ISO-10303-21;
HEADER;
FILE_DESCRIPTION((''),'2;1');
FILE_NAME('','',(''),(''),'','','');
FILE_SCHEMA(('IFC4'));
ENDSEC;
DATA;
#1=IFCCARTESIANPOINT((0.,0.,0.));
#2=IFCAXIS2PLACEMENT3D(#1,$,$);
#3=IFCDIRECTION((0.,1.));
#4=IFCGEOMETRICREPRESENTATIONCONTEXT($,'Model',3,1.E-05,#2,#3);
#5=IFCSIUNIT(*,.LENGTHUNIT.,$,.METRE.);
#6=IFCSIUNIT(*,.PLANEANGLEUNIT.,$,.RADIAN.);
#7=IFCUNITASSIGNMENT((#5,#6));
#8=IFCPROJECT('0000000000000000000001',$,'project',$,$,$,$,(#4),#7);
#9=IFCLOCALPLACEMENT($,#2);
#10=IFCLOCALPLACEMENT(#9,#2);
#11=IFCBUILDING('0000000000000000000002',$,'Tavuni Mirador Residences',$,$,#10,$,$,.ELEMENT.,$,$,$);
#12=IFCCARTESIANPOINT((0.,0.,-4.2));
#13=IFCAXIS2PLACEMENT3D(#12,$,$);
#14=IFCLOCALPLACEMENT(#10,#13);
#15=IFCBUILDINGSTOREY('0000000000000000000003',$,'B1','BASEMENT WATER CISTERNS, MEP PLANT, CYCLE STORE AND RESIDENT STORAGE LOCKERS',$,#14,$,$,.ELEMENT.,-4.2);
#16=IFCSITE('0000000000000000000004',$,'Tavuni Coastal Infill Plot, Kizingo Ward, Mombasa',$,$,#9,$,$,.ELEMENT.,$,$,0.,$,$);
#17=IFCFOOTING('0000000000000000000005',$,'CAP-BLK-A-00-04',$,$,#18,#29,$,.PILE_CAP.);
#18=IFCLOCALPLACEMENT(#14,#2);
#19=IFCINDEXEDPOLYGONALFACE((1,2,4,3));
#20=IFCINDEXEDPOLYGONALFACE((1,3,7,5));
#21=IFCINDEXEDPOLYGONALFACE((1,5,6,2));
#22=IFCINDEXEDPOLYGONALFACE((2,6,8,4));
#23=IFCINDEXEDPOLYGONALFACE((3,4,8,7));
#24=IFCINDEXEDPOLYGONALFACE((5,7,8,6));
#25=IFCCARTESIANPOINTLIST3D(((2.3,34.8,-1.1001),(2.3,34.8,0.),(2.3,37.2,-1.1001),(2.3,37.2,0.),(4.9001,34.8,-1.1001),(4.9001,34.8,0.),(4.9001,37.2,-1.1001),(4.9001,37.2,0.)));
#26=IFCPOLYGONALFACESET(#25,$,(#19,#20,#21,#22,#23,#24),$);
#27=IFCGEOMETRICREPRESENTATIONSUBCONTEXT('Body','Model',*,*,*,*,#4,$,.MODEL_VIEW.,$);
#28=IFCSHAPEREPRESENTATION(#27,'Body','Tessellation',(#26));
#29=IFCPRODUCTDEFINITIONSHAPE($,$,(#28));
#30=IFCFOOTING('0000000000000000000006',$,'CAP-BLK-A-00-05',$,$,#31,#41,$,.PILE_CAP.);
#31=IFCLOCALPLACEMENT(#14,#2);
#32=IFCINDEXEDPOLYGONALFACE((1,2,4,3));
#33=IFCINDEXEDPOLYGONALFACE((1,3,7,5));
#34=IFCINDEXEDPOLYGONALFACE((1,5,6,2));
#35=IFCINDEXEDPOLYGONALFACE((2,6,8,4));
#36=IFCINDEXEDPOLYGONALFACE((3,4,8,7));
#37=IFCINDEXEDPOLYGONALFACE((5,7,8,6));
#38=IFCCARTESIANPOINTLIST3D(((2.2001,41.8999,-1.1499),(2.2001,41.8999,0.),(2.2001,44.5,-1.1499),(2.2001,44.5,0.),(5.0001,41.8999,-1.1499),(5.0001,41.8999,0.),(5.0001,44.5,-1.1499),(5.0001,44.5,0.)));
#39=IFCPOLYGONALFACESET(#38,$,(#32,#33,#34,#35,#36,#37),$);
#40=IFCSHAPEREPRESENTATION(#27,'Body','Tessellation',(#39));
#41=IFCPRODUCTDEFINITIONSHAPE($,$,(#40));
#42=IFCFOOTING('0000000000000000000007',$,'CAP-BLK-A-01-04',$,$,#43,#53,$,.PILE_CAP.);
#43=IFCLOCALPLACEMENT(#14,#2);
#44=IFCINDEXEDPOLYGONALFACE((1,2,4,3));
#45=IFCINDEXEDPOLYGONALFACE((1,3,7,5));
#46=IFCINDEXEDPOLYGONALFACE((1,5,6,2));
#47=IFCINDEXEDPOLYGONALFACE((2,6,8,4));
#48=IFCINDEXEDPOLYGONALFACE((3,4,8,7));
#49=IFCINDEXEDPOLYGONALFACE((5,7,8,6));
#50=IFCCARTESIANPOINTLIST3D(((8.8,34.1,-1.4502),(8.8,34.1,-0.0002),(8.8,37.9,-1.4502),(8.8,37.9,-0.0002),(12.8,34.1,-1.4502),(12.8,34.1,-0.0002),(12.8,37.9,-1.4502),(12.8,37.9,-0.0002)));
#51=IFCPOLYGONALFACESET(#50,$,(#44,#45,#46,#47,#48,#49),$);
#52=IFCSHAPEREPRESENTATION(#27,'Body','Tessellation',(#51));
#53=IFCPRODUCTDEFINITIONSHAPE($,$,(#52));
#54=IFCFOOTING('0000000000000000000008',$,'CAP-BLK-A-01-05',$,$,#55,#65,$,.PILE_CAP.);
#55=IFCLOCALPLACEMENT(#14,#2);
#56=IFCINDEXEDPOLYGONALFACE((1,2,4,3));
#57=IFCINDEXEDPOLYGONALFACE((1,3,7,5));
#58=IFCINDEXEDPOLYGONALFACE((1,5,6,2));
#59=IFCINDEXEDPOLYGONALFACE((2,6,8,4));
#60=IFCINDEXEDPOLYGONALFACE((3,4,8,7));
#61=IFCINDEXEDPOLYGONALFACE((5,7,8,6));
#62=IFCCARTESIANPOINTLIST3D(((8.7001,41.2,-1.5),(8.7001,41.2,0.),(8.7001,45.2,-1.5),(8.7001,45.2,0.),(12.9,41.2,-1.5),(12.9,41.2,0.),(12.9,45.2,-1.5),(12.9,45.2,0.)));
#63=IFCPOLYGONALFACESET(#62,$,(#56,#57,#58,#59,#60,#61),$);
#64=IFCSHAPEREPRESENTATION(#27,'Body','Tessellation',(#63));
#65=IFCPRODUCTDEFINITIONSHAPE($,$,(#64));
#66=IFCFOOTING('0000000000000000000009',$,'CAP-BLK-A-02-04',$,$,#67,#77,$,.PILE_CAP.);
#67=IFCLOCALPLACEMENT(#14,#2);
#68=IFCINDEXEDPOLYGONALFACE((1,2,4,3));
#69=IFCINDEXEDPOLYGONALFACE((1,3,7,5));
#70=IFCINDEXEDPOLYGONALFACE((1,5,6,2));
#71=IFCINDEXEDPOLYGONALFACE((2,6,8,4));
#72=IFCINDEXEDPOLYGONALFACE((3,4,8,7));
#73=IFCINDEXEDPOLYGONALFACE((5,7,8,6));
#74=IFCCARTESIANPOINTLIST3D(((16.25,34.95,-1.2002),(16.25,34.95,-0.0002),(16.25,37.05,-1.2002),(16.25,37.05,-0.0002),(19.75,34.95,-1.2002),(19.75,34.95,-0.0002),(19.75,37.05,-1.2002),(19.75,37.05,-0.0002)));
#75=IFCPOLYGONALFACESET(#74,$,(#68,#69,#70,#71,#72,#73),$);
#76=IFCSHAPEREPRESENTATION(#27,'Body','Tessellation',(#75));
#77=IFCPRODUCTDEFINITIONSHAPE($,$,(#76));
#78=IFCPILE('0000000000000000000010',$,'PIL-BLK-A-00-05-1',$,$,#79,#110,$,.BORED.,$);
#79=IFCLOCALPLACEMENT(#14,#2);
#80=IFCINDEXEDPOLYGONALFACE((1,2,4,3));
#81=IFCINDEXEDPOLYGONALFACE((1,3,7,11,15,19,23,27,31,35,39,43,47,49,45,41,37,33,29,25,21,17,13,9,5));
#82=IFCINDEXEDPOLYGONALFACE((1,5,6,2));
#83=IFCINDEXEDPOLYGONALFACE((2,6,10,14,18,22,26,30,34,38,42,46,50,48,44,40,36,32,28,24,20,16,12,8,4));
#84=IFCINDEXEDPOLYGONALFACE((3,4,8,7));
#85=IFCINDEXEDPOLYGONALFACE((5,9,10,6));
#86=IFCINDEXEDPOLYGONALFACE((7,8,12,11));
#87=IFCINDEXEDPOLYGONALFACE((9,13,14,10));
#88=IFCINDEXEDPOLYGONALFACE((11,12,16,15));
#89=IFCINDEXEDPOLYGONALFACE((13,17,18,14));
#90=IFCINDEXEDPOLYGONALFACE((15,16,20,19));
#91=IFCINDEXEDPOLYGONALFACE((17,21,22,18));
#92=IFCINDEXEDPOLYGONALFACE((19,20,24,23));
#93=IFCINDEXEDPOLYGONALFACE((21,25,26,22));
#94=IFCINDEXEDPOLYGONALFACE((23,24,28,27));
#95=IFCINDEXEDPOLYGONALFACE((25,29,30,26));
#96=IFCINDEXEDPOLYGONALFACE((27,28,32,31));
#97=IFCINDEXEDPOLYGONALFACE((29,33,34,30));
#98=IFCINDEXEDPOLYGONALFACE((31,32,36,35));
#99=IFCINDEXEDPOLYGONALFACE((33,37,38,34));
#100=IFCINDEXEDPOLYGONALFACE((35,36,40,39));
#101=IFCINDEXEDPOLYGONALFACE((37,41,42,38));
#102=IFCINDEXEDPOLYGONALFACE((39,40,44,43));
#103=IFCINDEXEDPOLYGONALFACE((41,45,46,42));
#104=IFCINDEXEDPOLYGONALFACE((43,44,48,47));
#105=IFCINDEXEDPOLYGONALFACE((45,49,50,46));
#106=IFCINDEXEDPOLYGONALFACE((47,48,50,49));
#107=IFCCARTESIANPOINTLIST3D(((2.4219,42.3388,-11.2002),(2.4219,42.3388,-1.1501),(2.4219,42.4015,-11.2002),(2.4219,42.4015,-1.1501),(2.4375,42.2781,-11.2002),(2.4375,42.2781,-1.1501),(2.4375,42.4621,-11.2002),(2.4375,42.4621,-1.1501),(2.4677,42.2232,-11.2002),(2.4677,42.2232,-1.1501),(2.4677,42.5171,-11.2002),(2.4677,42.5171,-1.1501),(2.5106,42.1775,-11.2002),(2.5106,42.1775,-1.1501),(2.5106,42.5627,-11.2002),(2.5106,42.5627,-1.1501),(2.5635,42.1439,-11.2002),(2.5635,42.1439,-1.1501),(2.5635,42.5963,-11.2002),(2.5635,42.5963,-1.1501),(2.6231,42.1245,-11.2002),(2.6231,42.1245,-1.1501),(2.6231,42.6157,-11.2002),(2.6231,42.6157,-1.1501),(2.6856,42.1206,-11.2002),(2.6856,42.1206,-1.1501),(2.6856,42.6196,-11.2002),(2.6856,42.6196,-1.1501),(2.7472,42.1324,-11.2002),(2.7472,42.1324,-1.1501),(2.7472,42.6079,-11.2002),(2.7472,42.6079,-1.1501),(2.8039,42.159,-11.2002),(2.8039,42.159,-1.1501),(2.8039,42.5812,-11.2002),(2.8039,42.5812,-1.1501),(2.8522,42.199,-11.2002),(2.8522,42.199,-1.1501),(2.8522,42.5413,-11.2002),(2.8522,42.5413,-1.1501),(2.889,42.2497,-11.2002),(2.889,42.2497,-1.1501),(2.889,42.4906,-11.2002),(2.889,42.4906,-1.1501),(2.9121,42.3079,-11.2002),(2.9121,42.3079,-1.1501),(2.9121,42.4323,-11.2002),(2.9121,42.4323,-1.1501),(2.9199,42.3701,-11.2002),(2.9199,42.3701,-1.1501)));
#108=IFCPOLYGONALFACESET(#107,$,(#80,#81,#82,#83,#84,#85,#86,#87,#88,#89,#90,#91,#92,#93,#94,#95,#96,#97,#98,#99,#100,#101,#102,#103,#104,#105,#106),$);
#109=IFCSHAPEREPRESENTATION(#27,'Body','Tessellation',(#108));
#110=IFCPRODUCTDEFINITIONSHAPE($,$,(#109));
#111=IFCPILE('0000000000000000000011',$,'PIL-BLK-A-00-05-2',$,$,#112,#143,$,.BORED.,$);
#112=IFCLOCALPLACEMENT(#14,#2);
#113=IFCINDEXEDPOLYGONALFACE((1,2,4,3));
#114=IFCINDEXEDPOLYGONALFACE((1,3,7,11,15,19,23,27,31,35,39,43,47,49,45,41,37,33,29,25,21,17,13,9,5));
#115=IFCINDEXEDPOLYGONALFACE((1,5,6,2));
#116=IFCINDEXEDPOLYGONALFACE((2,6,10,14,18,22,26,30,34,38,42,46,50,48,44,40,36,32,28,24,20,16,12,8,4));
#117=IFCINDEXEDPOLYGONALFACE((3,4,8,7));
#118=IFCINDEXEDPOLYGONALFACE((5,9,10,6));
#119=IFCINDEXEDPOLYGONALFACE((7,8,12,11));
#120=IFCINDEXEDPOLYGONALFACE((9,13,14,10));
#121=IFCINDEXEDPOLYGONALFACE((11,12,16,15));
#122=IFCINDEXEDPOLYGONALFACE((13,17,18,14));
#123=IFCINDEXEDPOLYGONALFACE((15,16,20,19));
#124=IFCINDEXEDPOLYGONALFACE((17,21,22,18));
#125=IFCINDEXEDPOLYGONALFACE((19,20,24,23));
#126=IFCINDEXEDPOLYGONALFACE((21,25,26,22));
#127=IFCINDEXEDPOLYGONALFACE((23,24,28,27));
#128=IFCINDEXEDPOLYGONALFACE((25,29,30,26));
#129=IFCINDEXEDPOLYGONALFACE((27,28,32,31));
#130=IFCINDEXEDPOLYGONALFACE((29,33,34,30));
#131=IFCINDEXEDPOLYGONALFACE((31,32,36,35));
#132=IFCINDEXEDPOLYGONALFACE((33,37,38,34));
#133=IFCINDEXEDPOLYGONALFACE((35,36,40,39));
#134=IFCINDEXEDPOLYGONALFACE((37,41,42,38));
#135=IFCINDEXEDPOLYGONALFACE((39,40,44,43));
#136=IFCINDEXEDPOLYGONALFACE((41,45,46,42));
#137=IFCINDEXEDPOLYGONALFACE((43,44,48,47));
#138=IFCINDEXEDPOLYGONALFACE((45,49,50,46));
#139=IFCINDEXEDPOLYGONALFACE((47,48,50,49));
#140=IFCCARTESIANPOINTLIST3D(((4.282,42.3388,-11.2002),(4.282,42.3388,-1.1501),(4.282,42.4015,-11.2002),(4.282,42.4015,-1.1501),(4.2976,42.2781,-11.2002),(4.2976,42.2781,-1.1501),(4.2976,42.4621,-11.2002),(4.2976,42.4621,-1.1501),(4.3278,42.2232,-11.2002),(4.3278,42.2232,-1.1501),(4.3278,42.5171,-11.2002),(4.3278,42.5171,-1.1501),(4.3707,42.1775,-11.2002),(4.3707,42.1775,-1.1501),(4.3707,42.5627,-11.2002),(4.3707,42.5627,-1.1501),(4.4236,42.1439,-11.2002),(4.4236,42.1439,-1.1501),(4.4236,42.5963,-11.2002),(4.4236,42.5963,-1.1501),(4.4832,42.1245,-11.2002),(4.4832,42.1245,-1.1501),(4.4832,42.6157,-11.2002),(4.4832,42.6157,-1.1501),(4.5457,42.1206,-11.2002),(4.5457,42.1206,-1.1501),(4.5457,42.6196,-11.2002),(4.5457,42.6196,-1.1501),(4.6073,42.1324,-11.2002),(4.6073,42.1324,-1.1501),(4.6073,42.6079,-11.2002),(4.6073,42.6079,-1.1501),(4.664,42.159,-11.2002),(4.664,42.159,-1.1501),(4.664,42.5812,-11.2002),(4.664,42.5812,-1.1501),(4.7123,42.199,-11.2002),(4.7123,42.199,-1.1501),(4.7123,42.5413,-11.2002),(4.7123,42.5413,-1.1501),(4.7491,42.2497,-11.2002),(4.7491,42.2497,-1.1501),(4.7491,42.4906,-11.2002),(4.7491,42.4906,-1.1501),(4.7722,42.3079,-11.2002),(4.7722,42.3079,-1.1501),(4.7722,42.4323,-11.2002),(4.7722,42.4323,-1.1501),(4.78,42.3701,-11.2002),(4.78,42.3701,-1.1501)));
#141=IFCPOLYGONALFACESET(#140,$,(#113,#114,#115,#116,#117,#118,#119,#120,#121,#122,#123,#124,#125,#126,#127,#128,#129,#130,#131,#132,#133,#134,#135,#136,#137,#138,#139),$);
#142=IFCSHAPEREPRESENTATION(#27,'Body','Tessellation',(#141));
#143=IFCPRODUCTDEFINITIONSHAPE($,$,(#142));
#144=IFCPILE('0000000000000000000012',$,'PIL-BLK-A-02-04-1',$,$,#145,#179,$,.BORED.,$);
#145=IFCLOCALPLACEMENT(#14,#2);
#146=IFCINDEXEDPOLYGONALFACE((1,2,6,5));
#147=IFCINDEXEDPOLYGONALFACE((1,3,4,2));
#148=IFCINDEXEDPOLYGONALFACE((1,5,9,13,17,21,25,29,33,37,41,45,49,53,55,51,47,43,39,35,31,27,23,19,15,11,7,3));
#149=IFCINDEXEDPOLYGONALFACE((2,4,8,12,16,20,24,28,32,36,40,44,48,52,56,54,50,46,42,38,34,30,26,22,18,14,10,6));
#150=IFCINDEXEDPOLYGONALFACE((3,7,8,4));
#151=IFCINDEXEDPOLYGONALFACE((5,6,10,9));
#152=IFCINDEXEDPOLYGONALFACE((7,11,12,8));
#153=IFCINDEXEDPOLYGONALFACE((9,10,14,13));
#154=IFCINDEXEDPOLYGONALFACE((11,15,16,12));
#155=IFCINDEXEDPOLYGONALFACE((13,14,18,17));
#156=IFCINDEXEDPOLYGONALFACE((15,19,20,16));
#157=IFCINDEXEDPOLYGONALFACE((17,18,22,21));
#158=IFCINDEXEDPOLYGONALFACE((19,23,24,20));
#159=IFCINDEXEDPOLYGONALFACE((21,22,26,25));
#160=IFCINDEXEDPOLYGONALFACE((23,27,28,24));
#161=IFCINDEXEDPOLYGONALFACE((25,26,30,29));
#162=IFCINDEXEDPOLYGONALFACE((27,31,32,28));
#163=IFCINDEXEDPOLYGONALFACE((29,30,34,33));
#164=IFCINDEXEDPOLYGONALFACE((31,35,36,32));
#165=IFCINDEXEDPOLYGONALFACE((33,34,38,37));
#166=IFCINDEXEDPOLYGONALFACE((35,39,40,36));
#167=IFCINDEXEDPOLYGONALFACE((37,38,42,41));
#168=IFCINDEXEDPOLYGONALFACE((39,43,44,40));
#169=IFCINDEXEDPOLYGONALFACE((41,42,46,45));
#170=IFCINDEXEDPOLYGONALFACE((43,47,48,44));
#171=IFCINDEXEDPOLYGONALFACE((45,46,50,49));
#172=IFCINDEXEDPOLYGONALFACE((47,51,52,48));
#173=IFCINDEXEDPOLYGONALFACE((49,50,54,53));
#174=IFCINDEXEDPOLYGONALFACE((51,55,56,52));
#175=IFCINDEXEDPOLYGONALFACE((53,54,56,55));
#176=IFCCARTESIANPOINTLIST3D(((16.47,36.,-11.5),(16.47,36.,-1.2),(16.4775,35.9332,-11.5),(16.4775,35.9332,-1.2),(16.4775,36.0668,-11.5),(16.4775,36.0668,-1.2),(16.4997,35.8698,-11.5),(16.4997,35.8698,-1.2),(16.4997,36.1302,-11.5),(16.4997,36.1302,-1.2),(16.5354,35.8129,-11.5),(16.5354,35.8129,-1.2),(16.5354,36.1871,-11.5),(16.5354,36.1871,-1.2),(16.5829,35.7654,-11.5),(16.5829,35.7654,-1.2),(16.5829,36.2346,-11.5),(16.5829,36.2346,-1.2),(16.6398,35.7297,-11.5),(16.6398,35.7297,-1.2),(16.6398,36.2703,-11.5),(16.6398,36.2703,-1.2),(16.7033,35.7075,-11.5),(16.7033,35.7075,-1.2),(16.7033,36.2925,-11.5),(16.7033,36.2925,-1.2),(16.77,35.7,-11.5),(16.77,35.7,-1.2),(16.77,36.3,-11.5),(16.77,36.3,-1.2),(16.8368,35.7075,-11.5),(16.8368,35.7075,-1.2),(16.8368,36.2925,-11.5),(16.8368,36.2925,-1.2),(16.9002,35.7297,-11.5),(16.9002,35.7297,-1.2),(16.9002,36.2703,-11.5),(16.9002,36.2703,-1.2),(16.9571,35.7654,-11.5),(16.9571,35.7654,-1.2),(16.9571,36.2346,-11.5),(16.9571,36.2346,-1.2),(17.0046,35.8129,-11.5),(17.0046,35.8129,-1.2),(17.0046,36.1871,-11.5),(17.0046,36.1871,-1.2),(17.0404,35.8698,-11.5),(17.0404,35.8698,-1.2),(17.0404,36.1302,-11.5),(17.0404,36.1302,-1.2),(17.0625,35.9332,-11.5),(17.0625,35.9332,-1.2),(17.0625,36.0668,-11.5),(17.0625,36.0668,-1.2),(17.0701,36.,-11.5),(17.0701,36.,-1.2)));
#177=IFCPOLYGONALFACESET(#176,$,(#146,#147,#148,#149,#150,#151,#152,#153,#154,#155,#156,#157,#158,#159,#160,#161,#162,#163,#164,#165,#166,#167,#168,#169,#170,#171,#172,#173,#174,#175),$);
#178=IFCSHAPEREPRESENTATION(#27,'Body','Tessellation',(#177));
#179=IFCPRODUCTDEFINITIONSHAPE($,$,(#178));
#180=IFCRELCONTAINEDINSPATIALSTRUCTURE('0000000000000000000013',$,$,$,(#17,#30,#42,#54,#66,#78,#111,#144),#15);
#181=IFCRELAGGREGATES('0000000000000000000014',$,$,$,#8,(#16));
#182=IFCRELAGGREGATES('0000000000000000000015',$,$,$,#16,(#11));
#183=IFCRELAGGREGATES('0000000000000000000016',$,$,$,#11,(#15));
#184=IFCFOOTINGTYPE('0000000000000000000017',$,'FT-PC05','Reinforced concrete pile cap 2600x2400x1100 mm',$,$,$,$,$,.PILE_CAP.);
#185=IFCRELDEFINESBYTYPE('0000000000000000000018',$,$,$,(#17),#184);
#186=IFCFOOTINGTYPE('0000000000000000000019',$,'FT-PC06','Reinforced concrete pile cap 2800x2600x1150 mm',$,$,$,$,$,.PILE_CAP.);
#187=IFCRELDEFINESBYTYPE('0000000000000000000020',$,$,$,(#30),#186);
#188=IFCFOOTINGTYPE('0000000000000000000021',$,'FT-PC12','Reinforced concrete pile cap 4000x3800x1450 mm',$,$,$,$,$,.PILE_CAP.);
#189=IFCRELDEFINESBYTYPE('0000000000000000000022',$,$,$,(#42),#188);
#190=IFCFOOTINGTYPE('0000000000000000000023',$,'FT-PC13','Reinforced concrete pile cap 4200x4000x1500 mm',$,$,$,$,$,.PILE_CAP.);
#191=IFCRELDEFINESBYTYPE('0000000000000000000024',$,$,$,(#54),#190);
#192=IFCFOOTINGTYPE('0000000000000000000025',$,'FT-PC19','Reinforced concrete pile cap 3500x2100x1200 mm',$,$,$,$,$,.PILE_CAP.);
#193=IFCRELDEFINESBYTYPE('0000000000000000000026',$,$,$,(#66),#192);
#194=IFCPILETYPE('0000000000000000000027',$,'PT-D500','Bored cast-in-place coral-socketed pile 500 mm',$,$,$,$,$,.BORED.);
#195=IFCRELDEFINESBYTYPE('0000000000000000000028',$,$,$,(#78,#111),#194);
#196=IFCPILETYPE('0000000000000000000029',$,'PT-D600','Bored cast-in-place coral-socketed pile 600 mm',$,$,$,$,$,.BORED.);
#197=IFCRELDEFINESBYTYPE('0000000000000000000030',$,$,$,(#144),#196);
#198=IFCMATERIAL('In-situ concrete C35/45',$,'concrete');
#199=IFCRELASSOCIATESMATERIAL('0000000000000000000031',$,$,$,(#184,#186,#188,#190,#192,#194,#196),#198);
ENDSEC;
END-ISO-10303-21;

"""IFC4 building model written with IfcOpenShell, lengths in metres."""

from ifc_helpers import new_model, si_unit, direction, frame, origin, origin_2d, place, context, subcontext, project, spatial, rectangle, circle, extrude, material, material_profile, profile_set, type_object, element, save


model = new_model("IFC4")

# Units and contexts
model_context = context("Model", 3, precision=1e-05, world=origin(), true_north=direction((0.0, 1.0)))
body_context = subcontext(model_context, "Body", "Model", "MODEL_VIEW")
ifc_project = project(units=[si_unit("LENGTHUNIT", "METRE"), si_unit("PLANEANGLEUNIT", "RADIAN")], contexts=[model_context])

# Site, building, storey
site_placement = place(None, origin())
site = spatial("IfcSite", under=ifc_project, at=site_placement, Name="Tavuni Coastal Infill Plot, Kizingo Ward, Mombasa", CompositionType="ELEMENT", RefElevation=0.0)
building_placement = place(site_placement, origin())
building = spatial("IfcBuilding", under=site, at=building_placement, Name="Tavuni Mirador Residences", CompositionType="ELEMENT")
storey_placement = place(building_placement, frame((0.0, 0.0, -4.2)))
storey = spatial("IfcBuildingStorey", under=building, at=storey_placement, Name="B1", Description="BASEMENT WATER CISTERNS, MEP PLANT, CYCLE STORE AND RESIDENT STORAGE LOCKERS", CompositionType="ELEMENT", Elevation=-4.2)

# Footings
ifc_material_1 = material(Name="In-situ concrete C35/45", Category="concrete")
footing_type_1 = type_object("IfcFootingType", Name="FT-PC05", Description="Reinforced concrete pile cap 2600x2400x1100 mm", PredefinedType="PILE_CAP", material=ifc_material_1)
footing_1_placement = place(storey_placement, frame((3.6001, 36.0, -1.1001), z_axis=(0.0, 0.0, 1.0), x_axis=(1.0, 0.0, 0.0)))
element("IfcFooting", 1, at=footing_1_placement, inside=storey, type_object=footing_type_1, Name="CAP-BLK-A-00-04", PredefinedType="PILE_CAP", context=body_context, shape_type="SweptSolid", body=[
    extrude(rectangle(XDim=2.6001, YDim=2.3999, at=origin_2d()), origin(), (0.0, 0.0, 1.0), 1.1001),
])
footing_type_2 = type_object("IfcFootingType", Name="FT-PC06", Description="Reinforced concrete pile cap 2800x2600x1150 mm", PredefinedType="PILE_CAP", material=ifc_material_1)
footing_2_placement = place(storey_placement, frame((3.6001, 43.2, -1.1499), z_axis=(0.0, 0.0, 1.0), x_axis=(1.0, 0.0, 0.0)))
element("IfcFooting", 2, at=footing_2_placement, inside=storey, type_object=footing_type_2, Name="CAP-BLK-A-00-05", PredefinedType="PILE_CAP", context=body_context, shape_type="SweptSolid", body=[
    extrude(rectangle(XDim=2.8, YDim=2.6001, at=origin_2d()), origin(), (0.0, 0.0, 1.0), 1.1499),
])
footing_type_3 = type_object("IfcFootingType", Name="FT-PC12", Description="Reinforced concrete pile cap 4000x3800x1450 mm", PredefinedType="PILE_CAP", material=ifc_material_1)
footing_3_placement = place(storey_placement, frame((10.8, 36.0, -1.4502), z_axis=(0.0, 0.0, 1.0), x_axis=(1.0, 0.0, 0.0)))
element("IfcFooting", 3, at=footing_3_placement, inside=storey, type_object=footing_type_3, Name="CAP-BLK-A-01-04", PredefinedType="PILE_CAP", context=body_context, shape_type="SweptSolid", body=[
    extrude(rectangle(XDim=4.0, YDim=3.8, at=origin_2d()), origin(), (0.0, 0.0, 1.0), 1.45),
])
footing_type_4 = type_object("IfcFootingType", Name="FT-PC13", Description="Reinforced concrete pile cap 4200x4000x1500 mm", PredefinedType="PILE_CAP", material=ifc_material_1)
footing_4_placement = place(storey_placement, frame((10.8, 43.2, -1.5), z_axis=(0.0, 0.0, 1.0), x_axis=(1.0, 0.0, 0.0)))
element("IfcFooting", 4, at=footing_4_placement, inside=storey, type_object=footing_type_4, Name="CAP-BLK-A-01-05", PredefinedType="PILE_CAP", context=body_context, shape_type="SweptSolid", body=[
    extrude(rectangle(XDim=4.2, YDim=4.0, at=origin_2d()), origin(), (0.0, 0.0, 1.0), 1.5),
])
footing_type_5 = type_object("IfcFootingType", Name="FT-PC19", Description="Reinforced concrete pile cap 3500x2100x1200 mm", PredefinedType="PILE_CAP", material=ifc_material_1)
footing_5_placement = place(storey_placement, frame((18.0, 36.0, -1.2002), z_axis=(0.0, 0.0, 1.0), x_axis=(1.0, 0.0, 0.0)))
element("IfcFooting", 5, at=footing_5_placement, inside=storey, type_object=footing_type_5, Name="CAP-BLK-A-02-04", PredefinedType="PILE_CAP", context=body_context, shape_type="SweptSolid", body=[
    extrude(rectangle(XDim=3.5, YDim=2.1001, at=origin_2d()), origin(), (0.0, 0.0, 1.0), 1.2),
])

# Piles
ifc_material_profile_1 = material_profile(ifc_material_1, circle(Radius=0.25, at=origin_2d()), Name="PILE D500", Category="concrete")
ifc_profile_set_1 = profile_set([ifc_material_profile_1], Name="In-situ concrete C35/45")
pile_type_1 = type_object("IfcPileType", Name="PT-D500", Description="Bored cast-in-place coral-socketed pile 500 mm", PredefinedType="BORED", material=ifc_profile_set_1)
for number, where, z_axis, x_axis, name in (
    (6, (2.6699, 42.3701, -1.1501), (0.0, 0.0, -1.0), (1.0, 0.0, 0.0), "PIL-BLK-A-00-05-1"),
    (7, (4.53, 42.3701, -1.1501), (0.0, 0.0, -1.0), (1.0, 0.0, 0.0), "PIL-BLK-A-00-05-2"),
):
    element("IfcPile", number, at=place(storey_placement, frame(where, z_axis=z_axis, x_axis=x_axis)), inside=storey, type_object=pile_type_1, Name=name, PredefinedType="BORED", context=body_context, shape_type="SweptSolid", body=[
        extrude(circle(Radius=0.25, at=origin_2d()), origin(), (0.0, 0.0, 1.0), 10.05),
    ])
ifc_material_profile_2 = material_profile(ifc_material_1, circle(Radius=0.3, at=origin_2d()), Name="PILE D600", Category="concrete")
ifc_profile_set_2 = profile_set([ifc_material_profile_2], Name="In-situ concrete C35/45")
pile_type_2 = type_object("IfcPileType", Name="PT-D600", Description="Bored cast-in-place coral-socketed pile 600 mm", PredefinedType="BORED", material=ifc_profile_set_2)
pile_1_placement = place(storey_placement, frame((16.77, 36.0, -1.2), z_axis=(0.0, 0.0, -1.0), x_axis=(1.0, 0.0, 0.0)))
element("IfcPile", 8, at=pile_1_placement, inside=storey, type_object=pile_type_2, Name="PIL-BLK-A-02-04-1", PredefinedType="BORED", context=body_context, shape_type="SweptSolid", body=[
    extrude(circle(Radius=0.3, at=origin_2d()), origin(), (0.0, 0.0, 1.0), 10.3),
])

save(model, "model.ifc")
